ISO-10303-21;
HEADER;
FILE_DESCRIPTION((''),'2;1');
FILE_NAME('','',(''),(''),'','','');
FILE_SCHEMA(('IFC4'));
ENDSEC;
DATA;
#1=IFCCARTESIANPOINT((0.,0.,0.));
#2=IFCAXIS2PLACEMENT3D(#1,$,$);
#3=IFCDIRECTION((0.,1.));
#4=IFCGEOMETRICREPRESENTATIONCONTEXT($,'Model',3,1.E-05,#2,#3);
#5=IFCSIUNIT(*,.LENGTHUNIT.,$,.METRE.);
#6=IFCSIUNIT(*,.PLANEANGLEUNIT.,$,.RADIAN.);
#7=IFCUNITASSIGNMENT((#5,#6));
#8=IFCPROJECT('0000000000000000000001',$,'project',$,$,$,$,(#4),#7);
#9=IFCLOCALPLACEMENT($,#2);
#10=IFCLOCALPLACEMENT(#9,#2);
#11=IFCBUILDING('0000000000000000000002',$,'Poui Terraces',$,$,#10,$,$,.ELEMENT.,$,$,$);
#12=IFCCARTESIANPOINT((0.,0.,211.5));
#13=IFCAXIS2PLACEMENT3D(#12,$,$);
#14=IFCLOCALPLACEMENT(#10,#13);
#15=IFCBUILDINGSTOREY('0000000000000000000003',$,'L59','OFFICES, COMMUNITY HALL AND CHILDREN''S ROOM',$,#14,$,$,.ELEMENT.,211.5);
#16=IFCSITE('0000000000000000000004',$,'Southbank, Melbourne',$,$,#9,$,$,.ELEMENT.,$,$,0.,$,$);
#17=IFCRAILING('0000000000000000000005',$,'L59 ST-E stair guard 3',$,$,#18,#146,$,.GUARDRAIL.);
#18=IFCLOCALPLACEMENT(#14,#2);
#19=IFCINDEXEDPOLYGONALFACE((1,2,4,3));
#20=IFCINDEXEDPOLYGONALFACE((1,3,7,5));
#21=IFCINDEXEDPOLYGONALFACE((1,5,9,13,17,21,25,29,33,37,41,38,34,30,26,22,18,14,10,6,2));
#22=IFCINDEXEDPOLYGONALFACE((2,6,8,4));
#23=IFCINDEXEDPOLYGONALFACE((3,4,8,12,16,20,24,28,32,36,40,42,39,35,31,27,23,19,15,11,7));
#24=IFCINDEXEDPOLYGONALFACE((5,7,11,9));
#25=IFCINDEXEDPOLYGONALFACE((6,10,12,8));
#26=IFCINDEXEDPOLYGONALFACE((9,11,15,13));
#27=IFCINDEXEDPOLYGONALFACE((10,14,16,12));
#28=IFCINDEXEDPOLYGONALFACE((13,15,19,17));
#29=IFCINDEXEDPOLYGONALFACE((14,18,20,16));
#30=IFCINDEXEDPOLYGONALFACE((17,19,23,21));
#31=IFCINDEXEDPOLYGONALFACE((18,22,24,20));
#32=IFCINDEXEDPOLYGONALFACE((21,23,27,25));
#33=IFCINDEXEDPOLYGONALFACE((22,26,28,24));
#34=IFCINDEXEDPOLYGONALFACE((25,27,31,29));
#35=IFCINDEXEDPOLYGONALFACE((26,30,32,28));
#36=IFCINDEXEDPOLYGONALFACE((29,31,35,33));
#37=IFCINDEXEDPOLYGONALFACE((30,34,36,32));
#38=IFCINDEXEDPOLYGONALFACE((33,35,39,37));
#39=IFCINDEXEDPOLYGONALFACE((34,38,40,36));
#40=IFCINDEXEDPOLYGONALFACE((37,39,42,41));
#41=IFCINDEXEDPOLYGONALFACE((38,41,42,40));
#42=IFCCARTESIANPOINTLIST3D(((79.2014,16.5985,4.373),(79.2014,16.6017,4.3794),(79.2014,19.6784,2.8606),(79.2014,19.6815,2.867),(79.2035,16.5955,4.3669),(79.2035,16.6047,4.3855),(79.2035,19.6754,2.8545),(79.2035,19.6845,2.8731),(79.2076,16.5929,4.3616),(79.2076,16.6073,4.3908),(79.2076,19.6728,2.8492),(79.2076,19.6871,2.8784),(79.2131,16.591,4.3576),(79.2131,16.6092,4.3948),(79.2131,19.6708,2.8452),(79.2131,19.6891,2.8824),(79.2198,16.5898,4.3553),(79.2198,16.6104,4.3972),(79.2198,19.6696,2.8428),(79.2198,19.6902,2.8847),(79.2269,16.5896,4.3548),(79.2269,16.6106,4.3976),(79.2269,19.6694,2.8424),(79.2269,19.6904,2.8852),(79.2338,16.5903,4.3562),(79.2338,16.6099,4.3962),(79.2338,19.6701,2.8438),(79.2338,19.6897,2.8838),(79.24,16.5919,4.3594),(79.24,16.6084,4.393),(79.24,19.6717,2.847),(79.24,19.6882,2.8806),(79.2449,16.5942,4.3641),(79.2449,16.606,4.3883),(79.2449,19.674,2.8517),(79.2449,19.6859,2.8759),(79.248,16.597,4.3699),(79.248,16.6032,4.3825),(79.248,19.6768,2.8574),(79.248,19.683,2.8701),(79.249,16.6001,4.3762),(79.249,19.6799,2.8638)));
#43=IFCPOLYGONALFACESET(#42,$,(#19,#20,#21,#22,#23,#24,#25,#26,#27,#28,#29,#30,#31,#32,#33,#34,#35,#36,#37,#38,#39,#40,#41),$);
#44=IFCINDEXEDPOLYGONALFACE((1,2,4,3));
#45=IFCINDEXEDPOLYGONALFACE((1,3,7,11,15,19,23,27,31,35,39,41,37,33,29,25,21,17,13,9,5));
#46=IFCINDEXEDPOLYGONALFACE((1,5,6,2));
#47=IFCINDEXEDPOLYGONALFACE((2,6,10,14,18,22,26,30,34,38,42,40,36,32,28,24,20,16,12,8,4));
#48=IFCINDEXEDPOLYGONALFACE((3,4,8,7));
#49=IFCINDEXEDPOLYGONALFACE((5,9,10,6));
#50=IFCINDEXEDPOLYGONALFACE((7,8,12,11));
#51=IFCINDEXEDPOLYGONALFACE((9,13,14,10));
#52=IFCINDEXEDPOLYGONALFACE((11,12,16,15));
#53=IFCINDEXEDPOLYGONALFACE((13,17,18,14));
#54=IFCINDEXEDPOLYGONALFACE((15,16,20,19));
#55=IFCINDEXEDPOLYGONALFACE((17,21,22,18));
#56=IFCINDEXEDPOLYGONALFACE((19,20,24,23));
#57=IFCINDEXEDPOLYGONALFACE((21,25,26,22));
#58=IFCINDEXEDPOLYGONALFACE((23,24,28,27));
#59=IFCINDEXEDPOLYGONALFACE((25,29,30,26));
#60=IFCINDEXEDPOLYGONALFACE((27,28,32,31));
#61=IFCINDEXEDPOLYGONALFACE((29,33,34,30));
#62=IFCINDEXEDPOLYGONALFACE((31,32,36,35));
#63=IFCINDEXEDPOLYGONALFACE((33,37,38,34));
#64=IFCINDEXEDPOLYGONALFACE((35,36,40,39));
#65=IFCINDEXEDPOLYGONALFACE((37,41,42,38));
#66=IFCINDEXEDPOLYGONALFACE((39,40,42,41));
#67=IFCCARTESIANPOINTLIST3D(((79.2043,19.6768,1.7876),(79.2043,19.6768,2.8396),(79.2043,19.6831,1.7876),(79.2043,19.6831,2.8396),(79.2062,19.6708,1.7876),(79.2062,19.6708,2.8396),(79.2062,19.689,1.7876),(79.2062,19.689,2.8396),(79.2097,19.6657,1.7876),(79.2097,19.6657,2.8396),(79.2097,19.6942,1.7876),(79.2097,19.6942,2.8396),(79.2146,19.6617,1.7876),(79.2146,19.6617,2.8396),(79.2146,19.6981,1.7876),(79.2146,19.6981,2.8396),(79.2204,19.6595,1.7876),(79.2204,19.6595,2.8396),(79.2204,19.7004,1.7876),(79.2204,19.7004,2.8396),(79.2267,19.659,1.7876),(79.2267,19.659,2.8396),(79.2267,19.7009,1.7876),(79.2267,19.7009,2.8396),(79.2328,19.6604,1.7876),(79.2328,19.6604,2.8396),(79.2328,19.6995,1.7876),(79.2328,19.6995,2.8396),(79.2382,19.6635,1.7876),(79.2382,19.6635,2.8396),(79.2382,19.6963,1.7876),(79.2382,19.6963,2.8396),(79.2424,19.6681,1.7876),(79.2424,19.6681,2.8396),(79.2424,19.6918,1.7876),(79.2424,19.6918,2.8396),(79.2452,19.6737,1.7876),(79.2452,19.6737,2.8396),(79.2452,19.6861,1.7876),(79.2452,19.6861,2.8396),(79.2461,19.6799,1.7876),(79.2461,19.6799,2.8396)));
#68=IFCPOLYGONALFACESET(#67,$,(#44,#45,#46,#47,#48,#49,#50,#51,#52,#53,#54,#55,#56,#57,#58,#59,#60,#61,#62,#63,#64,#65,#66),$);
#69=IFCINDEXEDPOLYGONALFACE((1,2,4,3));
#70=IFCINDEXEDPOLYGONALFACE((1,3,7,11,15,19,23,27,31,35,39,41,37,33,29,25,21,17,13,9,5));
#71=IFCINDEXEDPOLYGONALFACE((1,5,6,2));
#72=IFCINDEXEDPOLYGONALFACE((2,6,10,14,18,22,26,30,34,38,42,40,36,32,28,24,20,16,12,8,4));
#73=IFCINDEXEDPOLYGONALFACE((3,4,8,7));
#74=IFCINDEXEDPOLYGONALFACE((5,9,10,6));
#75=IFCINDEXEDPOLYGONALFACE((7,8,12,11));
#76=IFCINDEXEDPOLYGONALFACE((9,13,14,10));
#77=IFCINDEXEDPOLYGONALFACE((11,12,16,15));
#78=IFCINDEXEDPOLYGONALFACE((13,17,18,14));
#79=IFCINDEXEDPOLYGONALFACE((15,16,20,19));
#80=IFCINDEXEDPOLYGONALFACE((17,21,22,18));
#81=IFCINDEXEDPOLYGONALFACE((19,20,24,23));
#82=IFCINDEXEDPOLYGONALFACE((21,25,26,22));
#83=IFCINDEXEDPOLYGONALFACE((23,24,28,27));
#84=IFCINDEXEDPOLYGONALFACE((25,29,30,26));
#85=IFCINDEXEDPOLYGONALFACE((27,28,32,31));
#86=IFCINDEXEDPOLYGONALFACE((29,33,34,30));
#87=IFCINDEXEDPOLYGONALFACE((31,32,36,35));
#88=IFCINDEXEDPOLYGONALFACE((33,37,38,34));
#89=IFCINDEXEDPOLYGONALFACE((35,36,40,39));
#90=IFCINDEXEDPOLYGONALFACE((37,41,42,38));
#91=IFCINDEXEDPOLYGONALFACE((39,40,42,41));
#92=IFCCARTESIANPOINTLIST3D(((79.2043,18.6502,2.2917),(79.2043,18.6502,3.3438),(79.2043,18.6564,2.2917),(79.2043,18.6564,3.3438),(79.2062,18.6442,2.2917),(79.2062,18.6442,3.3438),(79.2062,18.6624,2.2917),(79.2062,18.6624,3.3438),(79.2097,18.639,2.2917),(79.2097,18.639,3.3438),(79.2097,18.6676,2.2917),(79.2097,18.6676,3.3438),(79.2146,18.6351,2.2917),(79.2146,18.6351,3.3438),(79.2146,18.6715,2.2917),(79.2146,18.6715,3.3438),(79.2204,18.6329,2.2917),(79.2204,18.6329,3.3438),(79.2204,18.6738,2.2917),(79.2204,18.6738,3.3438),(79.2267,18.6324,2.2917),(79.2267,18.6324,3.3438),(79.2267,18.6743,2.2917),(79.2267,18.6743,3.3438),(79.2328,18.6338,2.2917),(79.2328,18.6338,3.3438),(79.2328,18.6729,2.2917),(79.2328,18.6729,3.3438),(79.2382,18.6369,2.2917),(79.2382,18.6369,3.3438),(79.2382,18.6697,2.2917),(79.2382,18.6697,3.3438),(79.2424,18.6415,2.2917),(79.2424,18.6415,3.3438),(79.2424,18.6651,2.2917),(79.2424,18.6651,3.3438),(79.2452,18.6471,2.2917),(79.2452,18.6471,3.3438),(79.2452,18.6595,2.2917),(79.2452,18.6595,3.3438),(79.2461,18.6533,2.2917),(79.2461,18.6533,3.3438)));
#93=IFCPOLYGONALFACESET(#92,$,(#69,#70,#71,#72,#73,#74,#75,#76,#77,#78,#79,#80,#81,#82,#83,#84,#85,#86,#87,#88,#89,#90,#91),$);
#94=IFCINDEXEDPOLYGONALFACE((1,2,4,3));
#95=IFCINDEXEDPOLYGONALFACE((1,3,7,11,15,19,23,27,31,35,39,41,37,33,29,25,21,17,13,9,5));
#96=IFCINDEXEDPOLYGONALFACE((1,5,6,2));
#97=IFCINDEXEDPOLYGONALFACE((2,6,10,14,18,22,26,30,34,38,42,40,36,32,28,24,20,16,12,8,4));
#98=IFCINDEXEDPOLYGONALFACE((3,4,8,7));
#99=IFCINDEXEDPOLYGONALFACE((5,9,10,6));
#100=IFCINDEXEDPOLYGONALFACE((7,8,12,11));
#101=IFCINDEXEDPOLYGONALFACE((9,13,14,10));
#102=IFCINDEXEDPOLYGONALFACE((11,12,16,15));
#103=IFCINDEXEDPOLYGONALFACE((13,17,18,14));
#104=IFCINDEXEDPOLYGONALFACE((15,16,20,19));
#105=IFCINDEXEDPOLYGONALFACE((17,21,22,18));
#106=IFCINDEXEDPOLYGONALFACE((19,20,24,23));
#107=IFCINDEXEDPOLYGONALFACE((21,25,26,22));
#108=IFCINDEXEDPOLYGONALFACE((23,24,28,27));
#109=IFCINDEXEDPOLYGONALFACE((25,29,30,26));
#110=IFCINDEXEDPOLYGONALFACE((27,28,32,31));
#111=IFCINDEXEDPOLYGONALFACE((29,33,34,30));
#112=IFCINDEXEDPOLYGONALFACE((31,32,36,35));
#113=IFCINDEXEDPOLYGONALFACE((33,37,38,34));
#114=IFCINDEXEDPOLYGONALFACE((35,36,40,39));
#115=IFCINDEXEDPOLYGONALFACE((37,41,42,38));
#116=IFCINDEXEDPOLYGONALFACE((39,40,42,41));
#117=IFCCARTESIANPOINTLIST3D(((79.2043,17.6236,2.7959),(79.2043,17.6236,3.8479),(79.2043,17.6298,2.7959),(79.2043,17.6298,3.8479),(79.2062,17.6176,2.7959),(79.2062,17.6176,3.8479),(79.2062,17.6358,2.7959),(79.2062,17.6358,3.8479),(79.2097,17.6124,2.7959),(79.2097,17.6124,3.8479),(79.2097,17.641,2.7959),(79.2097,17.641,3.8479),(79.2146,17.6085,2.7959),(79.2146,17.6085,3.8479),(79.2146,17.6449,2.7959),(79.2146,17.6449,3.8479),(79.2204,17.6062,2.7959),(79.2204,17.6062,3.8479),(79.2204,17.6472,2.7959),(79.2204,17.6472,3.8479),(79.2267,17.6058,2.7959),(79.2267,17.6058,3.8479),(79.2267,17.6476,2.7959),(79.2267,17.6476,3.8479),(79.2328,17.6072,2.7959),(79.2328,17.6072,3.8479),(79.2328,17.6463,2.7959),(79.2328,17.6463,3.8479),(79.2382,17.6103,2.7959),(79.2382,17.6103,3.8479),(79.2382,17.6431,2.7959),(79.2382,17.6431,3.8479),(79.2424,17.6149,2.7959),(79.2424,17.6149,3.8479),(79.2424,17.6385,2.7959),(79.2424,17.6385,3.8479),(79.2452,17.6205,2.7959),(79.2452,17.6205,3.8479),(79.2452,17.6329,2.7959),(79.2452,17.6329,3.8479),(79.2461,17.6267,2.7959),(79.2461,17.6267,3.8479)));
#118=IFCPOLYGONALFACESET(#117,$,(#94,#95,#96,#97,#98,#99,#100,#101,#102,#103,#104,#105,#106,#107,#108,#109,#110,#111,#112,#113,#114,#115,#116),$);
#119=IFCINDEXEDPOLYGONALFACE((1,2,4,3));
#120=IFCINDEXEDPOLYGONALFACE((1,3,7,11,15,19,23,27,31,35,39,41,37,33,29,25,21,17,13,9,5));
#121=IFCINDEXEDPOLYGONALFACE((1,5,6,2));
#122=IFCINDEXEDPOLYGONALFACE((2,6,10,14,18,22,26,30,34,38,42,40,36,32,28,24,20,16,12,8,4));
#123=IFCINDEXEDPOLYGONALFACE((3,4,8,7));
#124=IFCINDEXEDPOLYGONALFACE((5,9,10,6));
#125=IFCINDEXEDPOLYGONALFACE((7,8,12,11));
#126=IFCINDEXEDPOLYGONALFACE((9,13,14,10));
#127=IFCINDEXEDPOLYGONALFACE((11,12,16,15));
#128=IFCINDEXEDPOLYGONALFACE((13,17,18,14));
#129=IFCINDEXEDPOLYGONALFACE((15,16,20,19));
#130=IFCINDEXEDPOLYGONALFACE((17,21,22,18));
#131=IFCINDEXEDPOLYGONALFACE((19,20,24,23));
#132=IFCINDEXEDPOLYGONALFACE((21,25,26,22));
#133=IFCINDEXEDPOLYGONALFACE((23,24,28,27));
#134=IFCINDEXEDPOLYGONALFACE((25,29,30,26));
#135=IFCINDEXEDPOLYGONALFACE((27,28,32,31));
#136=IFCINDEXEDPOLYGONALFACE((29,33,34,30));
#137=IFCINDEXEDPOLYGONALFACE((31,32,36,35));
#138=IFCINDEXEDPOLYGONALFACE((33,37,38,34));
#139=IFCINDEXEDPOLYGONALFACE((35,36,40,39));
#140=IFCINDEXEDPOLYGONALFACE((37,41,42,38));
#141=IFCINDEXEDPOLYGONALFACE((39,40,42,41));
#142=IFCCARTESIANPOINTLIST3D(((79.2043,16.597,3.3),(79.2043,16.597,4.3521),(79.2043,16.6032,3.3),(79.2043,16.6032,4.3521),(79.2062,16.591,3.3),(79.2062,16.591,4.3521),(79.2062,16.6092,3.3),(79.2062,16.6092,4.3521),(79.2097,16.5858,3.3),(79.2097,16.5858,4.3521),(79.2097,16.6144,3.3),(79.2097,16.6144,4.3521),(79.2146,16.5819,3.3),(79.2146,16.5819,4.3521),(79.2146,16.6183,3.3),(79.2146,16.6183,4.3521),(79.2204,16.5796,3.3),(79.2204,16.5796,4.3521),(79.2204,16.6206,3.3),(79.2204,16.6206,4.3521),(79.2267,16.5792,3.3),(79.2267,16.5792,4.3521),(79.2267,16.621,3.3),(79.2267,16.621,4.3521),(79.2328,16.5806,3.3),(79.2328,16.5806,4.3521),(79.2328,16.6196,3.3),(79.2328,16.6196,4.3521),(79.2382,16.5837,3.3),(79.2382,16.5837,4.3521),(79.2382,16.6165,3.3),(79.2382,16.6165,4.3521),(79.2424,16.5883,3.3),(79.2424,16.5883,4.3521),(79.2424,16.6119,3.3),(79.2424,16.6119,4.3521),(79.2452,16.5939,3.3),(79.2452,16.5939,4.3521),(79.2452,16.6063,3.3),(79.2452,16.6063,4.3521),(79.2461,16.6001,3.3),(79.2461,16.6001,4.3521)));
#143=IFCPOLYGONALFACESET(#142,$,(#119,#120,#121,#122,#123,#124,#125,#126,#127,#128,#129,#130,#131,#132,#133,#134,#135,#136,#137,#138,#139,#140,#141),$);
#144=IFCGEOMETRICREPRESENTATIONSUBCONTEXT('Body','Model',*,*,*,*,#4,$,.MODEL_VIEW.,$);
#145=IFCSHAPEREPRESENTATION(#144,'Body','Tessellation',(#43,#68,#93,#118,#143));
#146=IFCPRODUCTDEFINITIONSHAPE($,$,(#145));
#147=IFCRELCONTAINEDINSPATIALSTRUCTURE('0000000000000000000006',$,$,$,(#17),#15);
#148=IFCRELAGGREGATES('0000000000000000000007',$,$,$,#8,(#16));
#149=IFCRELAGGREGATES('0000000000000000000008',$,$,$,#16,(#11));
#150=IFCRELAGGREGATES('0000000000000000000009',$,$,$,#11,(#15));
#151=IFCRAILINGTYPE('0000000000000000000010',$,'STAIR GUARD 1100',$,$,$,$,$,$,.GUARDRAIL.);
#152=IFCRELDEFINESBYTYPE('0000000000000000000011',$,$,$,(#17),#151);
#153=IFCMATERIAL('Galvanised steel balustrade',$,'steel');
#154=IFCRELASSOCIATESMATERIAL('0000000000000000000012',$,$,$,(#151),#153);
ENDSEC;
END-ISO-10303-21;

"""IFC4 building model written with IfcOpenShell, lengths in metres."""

from ifc_helpers import new_model, si_unit, direction, frame, origin, origin_2d, place, context, subcontext, project, spatial, circle, extrude, material, type_object, element, save


model = new_model("IFC4")

# Units and contexts
model_context = context("Model", 3, precision=1e-05, world=origin(), true_north=direction((0.0, 1.0)))
body_context = subcontext(model_context, "Body", "Model", "MODEL_VIEW")
ifc_project = project(units=[si_unit("LENGTHUNIT", "METRE"), si_unit("PLANEANGLEUNIT", "RADIAN")], contexts=[model_context])

# Site, building, storey
site_placement = place(None, origin())
site = spatial("IfcSite", under=ifc_project, at=site_placement, Name="Southbank, Melbourne", CompositionType="ELEMENT", RefElevation=0.0)
building_placement = place(site_placement, origin())
building = spatial("IfcBuilding", under=site, at=building_placement, Name="Poui Terraces", CompositionType="ELEMENT")
storey_placement = place(building_placement, frame((0.0, 0.0, 211.5)))
storey = spatial("IfcBuildingStorey", under=building, at=storey_placement, Name="L59", Description="OFFICES, COMMUNITY HALL AND CHILDREN'S ROOM", CompositionType="ELEMENT", Elevation=211.5)

# Railing
ifc_material_1 = material(Name="Galvanised steel balustrade", Category="steel")
railing_type_1 = type_object("IfcRailingType", Name="STAIR GUARD 1100", PredefinedType="GUARDRAIL", material=ifc_material_1)
railing_1_placement = place(storey_placement, frame((79.2251, 19.6799, 1.7876)))
element("IfcRailing", 1, at=railing_1_placement, inside=storey, type_object=railing_type_1, Name="L59 ST-E stair guard 3", PredefinedType="GUARDRAIL", context=body_context, shape_type="SweptSolid", body=[
    extrude(circle(Radius=0.0239, at=origin_2d()), frame((0.0, 0.0, 1.0762), z_axis=(0.0, -0.897606, 0.440798), x_axis=(1.0, 0.0, 0.0)), (0.0, 0.0, 1.0), 3.4312),
    extrude(circle(Radius=0.021, at=origin_2d()), origin(), (0.0, 0.0, 1.0), 1.052),
    extrude(circle(Radius=0.021, at=origin_2d()), frame((0.0, -1.0266, 0.5042)), (0.0, 0.0, 1.0), 1.052),
    extrude(circle(Radius=0.021, at=origin_2d()), frame((0.0, -2.0532, 1.0083)), (0.0, 0.0, 1.0), 1.052),
    extrude(circle(Radius=0.021, at=origin_2d()), frame((0.0, -3.0798, 1.5125)), (0.0, 0.0, 1.0), 1.052),
])

save(model, "model.ifc")
